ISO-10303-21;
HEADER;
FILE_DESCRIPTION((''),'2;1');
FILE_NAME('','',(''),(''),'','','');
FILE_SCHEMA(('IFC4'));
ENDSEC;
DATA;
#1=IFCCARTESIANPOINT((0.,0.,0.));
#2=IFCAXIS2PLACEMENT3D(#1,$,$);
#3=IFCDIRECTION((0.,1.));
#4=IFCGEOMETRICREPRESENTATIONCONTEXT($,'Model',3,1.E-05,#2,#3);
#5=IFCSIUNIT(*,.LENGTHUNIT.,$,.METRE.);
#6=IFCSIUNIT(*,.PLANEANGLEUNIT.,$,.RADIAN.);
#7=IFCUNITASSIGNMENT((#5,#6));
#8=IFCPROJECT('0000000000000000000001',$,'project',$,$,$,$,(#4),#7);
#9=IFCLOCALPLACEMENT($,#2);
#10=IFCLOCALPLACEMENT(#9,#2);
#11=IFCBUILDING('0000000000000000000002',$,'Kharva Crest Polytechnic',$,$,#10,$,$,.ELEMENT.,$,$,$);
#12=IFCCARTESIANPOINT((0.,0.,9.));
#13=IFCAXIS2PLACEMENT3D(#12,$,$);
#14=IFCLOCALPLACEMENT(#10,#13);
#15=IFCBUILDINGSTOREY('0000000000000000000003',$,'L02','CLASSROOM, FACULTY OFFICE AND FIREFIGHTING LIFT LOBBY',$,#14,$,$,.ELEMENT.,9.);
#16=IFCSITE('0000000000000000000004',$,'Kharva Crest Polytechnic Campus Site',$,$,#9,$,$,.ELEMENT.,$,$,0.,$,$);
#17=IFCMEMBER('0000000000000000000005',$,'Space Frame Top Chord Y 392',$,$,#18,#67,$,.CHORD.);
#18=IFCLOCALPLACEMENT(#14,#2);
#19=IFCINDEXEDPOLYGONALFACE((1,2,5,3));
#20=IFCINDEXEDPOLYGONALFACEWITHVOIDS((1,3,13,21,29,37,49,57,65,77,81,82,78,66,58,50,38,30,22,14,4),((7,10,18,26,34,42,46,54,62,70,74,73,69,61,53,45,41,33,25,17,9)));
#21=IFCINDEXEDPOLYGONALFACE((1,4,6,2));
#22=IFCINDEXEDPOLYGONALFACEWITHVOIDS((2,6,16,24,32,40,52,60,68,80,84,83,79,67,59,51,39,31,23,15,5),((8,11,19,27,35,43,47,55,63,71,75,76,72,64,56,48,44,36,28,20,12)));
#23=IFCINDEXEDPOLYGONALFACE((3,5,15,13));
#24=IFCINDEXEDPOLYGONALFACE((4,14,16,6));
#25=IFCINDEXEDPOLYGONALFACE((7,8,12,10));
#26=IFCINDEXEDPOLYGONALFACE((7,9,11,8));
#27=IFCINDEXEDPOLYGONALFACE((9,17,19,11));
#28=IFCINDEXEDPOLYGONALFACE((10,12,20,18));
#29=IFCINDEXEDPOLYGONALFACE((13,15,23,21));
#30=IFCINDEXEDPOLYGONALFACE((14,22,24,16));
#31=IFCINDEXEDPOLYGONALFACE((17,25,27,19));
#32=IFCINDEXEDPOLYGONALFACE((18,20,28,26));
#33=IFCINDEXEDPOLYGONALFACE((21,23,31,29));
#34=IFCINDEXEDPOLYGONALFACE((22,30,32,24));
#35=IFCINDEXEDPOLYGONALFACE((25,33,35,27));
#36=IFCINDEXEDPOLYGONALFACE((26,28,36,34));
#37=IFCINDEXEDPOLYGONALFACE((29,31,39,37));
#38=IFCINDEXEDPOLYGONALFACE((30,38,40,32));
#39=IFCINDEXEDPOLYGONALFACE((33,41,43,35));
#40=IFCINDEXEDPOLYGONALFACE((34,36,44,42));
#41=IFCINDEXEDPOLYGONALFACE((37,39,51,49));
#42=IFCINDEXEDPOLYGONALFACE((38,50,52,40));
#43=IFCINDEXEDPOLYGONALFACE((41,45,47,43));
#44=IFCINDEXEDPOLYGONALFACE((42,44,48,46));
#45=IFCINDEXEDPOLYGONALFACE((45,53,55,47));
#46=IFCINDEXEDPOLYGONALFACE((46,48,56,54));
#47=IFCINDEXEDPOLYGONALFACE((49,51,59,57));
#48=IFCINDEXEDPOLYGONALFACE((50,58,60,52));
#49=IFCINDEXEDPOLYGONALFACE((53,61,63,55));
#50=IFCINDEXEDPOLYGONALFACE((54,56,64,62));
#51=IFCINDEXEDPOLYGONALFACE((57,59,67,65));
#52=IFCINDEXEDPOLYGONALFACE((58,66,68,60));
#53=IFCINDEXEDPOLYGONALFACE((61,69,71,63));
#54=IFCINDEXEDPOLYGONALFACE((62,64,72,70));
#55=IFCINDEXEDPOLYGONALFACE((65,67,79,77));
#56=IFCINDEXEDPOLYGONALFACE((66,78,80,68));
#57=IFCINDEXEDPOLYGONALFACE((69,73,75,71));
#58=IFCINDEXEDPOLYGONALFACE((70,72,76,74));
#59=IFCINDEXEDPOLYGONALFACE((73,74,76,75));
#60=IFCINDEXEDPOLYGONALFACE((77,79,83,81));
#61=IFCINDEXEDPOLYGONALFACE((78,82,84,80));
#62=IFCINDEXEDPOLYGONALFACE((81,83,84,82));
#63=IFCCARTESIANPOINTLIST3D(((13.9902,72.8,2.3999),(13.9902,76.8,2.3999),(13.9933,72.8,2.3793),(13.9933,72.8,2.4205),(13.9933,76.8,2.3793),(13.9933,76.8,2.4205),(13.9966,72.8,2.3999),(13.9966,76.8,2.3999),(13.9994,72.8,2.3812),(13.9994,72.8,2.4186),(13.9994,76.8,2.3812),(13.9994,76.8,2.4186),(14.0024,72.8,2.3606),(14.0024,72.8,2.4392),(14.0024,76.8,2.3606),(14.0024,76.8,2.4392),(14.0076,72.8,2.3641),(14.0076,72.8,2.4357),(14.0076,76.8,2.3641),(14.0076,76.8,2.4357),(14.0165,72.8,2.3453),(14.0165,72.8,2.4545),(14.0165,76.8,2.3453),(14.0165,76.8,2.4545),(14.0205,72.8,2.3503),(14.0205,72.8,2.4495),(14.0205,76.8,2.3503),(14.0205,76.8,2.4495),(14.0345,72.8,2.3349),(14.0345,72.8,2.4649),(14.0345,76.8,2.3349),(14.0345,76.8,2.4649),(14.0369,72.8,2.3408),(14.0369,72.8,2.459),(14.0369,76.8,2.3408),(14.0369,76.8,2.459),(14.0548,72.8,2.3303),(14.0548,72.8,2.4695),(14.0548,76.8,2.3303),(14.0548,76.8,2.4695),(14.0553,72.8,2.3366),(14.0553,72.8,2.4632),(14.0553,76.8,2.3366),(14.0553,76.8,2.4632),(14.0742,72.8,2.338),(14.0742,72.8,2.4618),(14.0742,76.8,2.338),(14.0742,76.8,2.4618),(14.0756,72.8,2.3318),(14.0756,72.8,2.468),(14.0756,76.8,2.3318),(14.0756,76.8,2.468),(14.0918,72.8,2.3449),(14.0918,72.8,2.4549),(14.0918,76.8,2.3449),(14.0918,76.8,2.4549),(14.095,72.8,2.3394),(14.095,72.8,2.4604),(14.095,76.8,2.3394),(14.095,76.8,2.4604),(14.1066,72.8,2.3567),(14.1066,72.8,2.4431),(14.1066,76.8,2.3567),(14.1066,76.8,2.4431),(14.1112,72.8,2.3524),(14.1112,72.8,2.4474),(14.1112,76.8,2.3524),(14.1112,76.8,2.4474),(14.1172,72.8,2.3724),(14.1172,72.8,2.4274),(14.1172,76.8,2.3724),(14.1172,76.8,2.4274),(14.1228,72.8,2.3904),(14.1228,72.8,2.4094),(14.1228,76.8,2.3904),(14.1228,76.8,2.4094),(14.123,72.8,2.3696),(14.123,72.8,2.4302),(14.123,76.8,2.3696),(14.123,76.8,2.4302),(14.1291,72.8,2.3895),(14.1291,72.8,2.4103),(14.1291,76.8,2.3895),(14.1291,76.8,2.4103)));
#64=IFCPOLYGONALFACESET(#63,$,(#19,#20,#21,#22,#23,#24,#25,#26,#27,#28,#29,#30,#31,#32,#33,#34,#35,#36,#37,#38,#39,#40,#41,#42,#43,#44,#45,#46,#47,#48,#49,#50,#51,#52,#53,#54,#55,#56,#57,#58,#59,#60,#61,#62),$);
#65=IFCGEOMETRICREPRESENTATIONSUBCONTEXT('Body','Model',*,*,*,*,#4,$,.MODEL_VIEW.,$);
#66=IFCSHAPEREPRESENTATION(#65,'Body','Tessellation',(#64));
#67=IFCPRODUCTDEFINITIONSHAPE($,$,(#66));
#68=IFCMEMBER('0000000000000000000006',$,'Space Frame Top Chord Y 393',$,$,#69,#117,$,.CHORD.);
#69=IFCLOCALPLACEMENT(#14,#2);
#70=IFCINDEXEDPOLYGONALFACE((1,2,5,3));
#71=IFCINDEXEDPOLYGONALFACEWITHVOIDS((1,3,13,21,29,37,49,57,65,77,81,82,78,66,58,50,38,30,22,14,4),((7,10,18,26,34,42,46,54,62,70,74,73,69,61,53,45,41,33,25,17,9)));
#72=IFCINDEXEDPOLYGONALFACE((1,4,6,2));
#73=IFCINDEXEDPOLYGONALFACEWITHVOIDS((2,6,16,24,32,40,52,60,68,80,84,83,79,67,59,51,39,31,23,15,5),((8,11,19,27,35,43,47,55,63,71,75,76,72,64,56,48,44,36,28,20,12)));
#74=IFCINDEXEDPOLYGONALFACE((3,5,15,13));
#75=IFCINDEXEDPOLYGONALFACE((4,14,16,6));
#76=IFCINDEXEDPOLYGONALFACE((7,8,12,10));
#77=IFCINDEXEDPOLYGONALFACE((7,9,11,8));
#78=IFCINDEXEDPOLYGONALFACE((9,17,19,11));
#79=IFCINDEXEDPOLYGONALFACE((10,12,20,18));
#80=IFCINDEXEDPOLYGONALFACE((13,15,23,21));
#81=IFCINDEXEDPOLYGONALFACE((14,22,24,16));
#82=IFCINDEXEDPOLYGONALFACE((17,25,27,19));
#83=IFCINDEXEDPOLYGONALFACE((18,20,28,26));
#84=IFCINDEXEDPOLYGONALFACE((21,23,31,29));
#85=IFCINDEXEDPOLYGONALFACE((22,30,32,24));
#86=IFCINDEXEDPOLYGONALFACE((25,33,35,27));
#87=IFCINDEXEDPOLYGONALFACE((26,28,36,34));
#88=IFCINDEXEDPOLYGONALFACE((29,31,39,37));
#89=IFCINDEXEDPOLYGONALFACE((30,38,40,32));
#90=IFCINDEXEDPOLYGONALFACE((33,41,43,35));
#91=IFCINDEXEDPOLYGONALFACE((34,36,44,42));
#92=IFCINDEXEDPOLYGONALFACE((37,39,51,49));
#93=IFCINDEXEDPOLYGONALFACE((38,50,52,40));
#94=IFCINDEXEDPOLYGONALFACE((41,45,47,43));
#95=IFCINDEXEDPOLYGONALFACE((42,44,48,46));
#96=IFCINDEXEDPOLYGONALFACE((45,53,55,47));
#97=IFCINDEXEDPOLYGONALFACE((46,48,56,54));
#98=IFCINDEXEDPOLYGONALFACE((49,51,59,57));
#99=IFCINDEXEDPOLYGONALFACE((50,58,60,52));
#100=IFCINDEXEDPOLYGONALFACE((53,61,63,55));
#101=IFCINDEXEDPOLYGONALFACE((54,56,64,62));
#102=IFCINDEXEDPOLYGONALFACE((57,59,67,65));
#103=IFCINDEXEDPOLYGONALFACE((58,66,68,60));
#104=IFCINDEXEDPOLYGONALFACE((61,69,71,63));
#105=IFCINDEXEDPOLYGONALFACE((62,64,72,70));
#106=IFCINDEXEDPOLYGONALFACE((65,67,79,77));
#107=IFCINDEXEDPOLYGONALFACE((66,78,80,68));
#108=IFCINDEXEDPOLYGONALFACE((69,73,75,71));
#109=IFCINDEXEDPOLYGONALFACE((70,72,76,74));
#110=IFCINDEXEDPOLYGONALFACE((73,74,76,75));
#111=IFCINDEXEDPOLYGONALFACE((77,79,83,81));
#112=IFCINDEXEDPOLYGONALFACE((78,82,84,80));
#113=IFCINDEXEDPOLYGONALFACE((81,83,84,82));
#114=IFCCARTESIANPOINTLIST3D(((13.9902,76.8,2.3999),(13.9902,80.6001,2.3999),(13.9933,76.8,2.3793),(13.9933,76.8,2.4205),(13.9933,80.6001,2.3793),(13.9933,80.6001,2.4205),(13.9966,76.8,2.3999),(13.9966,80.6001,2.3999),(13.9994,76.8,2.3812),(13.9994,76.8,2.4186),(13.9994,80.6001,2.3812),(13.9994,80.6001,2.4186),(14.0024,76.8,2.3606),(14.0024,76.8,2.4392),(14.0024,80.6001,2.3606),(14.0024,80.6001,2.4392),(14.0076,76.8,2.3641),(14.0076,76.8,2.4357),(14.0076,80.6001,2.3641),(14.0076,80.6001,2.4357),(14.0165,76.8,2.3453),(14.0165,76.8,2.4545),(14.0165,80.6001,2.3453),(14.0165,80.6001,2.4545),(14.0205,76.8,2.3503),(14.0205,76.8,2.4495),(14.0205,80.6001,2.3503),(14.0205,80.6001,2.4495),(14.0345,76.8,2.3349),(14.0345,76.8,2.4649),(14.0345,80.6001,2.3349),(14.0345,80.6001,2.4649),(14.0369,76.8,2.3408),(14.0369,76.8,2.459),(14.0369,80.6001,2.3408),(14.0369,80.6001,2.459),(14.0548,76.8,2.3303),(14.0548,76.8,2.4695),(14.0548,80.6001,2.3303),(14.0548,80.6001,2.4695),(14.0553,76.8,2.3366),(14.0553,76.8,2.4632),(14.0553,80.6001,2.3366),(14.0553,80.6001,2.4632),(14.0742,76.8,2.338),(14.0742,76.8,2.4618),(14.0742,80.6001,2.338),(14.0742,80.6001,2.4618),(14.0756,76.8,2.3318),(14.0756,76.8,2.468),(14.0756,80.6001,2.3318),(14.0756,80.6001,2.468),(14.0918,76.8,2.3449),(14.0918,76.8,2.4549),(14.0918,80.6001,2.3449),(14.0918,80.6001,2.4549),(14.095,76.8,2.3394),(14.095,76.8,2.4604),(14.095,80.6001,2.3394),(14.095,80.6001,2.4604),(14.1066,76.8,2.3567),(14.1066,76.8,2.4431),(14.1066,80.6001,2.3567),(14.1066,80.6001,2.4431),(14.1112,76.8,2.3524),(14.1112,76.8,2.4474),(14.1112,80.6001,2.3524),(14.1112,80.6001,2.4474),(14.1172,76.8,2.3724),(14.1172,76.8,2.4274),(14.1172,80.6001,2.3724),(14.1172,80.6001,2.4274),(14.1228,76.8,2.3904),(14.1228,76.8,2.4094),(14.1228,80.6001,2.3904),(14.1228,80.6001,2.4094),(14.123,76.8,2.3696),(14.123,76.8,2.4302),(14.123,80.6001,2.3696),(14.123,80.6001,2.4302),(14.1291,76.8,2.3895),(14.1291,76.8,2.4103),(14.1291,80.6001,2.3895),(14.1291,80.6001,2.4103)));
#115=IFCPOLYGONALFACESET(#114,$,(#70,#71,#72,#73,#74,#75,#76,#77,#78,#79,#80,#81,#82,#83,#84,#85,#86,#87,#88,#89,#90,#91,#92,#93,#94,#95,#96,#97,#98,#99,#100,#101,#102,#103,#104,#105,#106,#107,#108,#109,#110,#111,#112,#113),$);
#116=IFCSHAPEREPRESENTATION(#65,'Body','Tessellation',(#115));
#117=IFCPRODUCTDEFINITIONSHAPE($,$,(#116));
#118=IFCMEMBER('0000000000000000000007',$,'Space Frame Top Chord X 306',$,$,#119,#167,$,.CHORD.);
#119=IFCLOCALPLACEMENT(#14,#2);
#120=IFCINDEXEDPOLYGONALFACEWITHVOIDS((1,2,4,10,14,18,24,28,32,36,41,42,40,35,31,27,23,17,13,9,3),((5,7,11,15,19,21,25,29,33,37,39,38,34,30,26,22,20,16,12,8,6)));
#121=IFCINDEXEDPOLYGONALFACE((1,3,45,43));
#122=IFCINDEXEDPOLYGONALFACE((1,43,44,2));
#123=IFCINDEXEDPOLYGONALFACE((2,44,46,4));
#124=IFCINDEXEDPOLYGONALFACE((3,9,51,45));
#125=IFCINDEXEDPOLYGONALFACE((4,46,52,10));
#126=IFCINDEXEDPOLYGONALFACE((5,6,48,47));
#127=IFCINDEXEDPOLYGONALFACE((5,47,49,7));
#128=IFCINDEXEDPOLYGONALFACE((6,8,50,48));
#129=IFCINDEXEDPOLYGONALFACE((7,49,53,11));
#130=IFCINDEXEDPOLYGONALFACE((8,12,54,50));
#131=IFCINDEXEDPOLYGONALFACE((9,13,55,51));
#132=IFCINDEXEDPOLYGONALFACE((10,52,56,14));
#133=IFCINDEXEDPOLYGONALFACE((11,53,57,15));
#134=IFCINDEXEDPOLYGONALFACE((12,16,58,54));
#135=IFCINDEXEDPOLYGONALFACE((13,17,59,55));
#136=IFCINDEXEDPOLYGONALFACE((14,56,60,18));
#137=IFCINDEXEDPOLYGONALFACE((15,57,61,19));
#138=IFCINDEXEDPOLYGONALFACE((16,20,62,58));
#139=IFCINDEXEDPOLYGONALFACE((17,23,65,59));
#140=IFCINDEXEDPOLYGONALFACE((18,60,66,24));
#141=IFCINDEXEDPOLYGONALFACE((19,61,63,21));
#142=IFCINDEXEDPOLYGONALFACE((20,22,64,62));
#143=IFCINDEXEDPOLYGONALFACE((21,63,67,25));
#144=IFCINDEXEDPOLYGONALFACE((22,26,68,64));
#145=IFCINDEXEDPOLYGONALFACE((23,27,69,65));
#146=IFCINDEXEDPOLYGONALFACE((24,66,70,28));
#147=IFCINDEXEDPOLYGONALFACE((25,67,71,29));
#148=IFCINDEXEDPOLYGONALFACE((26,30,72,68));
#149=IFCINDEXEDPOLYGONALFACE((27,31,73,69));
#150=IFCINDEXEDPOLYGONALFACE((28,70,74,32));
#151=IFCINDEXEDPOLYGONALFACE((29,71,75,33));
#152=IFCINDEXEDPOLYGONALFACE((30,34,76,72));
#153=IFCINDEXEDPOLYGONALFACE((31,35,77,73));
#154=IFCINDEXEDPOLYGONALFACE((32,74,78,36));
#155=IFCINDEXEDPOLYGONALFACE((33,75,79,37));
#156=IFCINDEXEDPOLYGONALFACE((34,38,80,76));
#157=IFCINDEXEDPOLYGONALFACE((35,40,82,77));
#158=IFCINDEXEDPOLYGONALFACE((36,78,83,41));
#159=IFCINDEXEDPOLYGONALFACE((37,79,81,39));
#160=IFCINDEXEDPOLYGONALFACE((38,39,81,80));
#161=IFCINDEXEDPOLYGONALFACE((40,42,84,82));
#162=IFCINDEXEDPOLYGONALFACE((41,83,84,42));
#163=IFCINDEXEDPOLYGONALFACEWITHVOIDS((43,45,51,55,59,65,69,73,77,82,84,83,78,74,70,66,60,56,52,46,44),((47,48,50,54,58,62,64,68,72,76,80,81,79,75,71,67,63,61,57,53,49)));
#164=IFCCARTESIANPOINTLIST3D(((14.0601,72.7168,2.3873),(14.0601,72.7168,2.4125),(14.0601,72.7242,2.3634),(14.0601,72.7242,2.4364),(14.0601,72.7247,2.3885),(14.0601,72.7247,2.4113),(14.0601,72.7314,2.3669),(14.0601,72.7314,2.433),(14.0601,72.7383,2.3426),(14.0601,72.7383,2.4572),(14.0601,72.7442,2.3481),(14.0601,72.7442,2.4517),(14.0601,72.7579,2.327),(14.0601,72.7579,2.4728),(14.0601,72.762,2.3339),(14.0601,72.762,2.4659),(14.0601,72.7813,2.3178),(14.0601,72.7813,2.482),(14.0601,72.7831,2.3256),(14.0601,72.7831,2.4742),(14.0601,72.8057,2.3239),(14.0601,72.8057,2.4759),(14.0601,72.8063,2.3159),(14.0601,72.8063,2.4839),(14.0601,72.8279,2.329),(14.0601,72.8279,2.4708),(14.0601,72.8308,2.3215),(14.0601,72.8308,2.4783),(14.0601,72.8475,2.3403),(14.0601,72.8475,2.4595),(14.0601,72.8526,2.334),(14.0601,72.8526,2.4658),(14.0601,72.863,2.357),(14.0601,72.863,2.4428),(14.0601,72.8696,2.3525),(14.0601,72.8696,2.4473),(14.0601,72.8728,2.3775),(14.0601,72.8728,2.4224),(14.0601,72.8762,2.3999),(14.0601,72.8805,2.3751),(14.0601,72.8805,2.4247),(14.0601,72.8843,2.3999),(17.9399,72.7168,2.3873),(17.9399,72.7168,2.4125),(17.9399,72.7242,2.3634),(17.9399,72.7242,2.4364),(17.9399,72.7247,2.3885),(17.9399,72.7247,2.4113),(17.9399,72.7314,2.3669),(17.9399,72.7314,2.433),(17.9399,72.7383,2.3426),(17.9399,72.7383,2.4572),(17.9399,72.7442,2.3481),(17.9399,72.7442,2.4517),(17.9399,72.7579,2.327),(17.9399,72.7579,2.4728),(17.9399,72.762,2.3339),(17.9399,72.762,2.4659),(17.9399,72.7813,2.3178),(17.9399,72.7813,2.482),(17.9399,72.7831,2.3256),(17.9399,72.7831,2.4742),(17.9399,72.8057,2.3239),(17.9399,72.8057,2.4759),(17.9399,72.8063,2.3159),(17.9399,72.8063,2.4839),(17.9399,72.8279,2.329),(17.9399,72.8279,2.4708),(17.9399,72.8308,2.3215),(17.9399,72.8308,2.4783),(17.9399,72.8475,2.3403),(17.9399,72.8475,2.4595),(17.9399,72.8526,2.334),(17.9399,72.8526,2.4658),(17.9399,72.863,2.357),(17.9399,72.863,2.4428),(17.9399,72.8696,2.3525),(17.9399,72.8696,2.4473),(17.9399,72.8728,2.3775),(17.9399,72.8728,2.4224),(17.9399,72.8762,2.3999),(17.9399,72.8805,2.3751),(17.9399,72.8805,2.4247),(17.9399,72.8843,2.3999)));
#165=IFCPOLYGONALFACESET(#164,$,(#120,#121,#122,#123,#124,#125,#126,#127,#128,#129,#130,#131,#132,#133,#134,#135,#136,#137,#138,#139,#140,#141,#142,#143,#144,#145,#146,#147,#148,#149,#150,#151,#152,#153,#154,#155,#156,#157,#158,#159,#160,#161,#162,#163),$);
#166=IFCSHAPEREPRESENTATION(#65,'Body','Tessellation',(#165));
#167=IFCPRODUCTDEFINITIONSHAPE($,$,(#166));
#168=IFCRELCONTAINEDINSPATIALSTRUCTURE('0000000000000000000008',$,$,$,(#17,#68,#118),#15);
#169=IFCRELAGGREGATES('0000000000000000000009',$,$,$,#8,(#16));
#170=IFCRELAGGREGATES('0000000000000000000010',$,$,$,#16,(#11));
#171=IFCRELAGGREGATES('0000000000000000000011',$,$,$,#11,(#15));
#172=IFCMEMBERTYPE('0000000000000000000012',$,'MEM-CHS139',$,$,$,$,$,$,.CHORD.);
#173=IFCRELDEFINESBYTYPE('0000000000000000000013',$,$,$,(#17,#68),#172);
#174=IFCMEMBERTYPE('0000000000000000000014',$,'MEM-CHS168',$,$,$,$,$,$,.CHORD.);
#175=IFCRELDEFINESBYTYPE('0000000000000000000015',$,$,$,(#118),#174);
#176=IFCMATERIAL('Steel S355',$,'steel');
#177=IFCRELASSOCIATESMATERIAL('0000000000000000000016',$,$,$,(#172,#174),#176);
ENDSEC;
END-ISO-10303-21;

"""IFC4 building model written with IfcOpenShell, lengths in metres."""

from ifc_helpers import new_model, si_unit, direction, frame, origin, origin_2d, place, context, subcontext, project, spatial, hollow_circle, extrude, material, material_profile, profile_set, type_object, element, save


model = new_model("IFC4")

# Units and contexts
model_context = context("Model", 3, precision=1e-05, world=origin(), true_north=direction((0.0, 1.0)))
body_context = subcontext(model_context, "Body", "Model", "MODEL_VIEW")
ifc_project = project(units=[si_unit("LENGTHUNIT", "METRE"), si_unit("PLANEANGLEUNIT", "RADIAN")], contexts=[model_context])

# Site, building, storey
site_placement = place(None, origin())
site = spatial("IfcSite", under=ifc_project, at=site_placement, Name="Kharva Crest Polytechnic Campus Site", CompositionType="ELEMENT", RefElevation=0.0)
building_placement = place(site_placement, origin())
building = spatial("IfcBuilding", under=site, at=building_placement, Name="Kharva Crest Polytechnic", CompositionType="ELEMENT")
storey_placement = place(building_placement, frame((0.0, 0.0, 9.0)))
storey = spatial("IfcBuildingStorey", under=building, at=storey_placement, Name="L02", Description="CLASSROOM, FACULTY OFFICE AND FIREFIGHTING LIFT LOBBY", CompositionType="ELEMENT", Elevation=9.0)

# Shared definitions
ifc_material_1 = material(Name="Steel S355", Category="steel")

# Members
ifc_material_profile_1 = material_profile(ifc_material_1, hollow_circle(Radius=0.0698, WallThickness=0.0063, at=origin_2d()), Name="CHS 139.7X6.3")
ifc_profile_set_1 = profile_set([ifc_material_profile_1], Name="Steel S355")
member_type_1 = type_object("IfcMemberType", Name="MEM-CHS139", PredefinedType="CHORD", material=ifc_profile_set_1)
for number, where, z_axis, x_axis, name in (
    (1, (14.0601, 72.8, 2.3999), (0.0, 1.0, 0.0), (-1.0, 0.0, 0.0), "Space Frame Top Chord Y 392"),
):
    element("IfcMember", number, at=place(storey_placement, frame(where, z_axis=z_axis, x_axis=x_axis)), inside=storey, type_object=member_type_1, Name=name, PredefinedType="CHORD", context=body_context, shape_type="SweptSolid", body=[
        extrude(hollow_circle(Radius=0.0698, WallThickness=0.0063, at=origin_2d()), origin(), (0.0, 0.0, 1.0), 4.0),
    ])
member_1_placement = place(storey_placement, frame((14.0601, 76.8, 2.3999), z_axis=(0.0, 1.0, 0.0), x_axis=(-1.0, 0.0, 0.0)))
element("IfcMember", 2, at=member_1_placement, inside=storey, type_object=member_type_1, Name="Space Frame Top Chord Y 393", PredefinedType="CHORD", context=body_context, shape_type="SweptSolid", body=[
    extrude(hollow_circle(Radius=0.0698, WallThickness=0.0063, at=origin_2d()), origin(), (0.0, 0.0, 1.0), 3.8),
])
ifc_material_profile_2 = material_profile(ifc_material_1, hollow_circle(Radius=0.0842, WallThickness=0.0081, at=origin_2d()), Name="CHS 168.3X8.0")
ifc_profile_set_2 = profile_set([ifc_material_profile_2], Name="Steel S355")
member_type_2 = type_object("IfcMemberType", Name="MEM-CHS168", PredefinedType="CHORD", material=ifc_profile_set_2)
for number, where, z_axis, x_axis, name in (
    (3, (14.0601, 72.8, 2.3999), (1.0, 0.0, 0.0), (0.0, 1.0, 0.0), "Space Frame Top Chord X 306"),
):
    element("IfcMember", number, at=place(storey_placement, frame(where, z_axis=z_axis, x_axis=x_axis)), inside=storey, type_object=member_type_2, Name=name, PredefinedType="CHORD", context=body_context, shape_type="SweptSolid", body=[
        extrude(hollow_circle(Radius=0.0842, WallThickness=0.0081, at=origin_2d()), origin(), (0.0, 0.0, 1.0), 3.8799),
    ])

save(model, "model.ifc")
